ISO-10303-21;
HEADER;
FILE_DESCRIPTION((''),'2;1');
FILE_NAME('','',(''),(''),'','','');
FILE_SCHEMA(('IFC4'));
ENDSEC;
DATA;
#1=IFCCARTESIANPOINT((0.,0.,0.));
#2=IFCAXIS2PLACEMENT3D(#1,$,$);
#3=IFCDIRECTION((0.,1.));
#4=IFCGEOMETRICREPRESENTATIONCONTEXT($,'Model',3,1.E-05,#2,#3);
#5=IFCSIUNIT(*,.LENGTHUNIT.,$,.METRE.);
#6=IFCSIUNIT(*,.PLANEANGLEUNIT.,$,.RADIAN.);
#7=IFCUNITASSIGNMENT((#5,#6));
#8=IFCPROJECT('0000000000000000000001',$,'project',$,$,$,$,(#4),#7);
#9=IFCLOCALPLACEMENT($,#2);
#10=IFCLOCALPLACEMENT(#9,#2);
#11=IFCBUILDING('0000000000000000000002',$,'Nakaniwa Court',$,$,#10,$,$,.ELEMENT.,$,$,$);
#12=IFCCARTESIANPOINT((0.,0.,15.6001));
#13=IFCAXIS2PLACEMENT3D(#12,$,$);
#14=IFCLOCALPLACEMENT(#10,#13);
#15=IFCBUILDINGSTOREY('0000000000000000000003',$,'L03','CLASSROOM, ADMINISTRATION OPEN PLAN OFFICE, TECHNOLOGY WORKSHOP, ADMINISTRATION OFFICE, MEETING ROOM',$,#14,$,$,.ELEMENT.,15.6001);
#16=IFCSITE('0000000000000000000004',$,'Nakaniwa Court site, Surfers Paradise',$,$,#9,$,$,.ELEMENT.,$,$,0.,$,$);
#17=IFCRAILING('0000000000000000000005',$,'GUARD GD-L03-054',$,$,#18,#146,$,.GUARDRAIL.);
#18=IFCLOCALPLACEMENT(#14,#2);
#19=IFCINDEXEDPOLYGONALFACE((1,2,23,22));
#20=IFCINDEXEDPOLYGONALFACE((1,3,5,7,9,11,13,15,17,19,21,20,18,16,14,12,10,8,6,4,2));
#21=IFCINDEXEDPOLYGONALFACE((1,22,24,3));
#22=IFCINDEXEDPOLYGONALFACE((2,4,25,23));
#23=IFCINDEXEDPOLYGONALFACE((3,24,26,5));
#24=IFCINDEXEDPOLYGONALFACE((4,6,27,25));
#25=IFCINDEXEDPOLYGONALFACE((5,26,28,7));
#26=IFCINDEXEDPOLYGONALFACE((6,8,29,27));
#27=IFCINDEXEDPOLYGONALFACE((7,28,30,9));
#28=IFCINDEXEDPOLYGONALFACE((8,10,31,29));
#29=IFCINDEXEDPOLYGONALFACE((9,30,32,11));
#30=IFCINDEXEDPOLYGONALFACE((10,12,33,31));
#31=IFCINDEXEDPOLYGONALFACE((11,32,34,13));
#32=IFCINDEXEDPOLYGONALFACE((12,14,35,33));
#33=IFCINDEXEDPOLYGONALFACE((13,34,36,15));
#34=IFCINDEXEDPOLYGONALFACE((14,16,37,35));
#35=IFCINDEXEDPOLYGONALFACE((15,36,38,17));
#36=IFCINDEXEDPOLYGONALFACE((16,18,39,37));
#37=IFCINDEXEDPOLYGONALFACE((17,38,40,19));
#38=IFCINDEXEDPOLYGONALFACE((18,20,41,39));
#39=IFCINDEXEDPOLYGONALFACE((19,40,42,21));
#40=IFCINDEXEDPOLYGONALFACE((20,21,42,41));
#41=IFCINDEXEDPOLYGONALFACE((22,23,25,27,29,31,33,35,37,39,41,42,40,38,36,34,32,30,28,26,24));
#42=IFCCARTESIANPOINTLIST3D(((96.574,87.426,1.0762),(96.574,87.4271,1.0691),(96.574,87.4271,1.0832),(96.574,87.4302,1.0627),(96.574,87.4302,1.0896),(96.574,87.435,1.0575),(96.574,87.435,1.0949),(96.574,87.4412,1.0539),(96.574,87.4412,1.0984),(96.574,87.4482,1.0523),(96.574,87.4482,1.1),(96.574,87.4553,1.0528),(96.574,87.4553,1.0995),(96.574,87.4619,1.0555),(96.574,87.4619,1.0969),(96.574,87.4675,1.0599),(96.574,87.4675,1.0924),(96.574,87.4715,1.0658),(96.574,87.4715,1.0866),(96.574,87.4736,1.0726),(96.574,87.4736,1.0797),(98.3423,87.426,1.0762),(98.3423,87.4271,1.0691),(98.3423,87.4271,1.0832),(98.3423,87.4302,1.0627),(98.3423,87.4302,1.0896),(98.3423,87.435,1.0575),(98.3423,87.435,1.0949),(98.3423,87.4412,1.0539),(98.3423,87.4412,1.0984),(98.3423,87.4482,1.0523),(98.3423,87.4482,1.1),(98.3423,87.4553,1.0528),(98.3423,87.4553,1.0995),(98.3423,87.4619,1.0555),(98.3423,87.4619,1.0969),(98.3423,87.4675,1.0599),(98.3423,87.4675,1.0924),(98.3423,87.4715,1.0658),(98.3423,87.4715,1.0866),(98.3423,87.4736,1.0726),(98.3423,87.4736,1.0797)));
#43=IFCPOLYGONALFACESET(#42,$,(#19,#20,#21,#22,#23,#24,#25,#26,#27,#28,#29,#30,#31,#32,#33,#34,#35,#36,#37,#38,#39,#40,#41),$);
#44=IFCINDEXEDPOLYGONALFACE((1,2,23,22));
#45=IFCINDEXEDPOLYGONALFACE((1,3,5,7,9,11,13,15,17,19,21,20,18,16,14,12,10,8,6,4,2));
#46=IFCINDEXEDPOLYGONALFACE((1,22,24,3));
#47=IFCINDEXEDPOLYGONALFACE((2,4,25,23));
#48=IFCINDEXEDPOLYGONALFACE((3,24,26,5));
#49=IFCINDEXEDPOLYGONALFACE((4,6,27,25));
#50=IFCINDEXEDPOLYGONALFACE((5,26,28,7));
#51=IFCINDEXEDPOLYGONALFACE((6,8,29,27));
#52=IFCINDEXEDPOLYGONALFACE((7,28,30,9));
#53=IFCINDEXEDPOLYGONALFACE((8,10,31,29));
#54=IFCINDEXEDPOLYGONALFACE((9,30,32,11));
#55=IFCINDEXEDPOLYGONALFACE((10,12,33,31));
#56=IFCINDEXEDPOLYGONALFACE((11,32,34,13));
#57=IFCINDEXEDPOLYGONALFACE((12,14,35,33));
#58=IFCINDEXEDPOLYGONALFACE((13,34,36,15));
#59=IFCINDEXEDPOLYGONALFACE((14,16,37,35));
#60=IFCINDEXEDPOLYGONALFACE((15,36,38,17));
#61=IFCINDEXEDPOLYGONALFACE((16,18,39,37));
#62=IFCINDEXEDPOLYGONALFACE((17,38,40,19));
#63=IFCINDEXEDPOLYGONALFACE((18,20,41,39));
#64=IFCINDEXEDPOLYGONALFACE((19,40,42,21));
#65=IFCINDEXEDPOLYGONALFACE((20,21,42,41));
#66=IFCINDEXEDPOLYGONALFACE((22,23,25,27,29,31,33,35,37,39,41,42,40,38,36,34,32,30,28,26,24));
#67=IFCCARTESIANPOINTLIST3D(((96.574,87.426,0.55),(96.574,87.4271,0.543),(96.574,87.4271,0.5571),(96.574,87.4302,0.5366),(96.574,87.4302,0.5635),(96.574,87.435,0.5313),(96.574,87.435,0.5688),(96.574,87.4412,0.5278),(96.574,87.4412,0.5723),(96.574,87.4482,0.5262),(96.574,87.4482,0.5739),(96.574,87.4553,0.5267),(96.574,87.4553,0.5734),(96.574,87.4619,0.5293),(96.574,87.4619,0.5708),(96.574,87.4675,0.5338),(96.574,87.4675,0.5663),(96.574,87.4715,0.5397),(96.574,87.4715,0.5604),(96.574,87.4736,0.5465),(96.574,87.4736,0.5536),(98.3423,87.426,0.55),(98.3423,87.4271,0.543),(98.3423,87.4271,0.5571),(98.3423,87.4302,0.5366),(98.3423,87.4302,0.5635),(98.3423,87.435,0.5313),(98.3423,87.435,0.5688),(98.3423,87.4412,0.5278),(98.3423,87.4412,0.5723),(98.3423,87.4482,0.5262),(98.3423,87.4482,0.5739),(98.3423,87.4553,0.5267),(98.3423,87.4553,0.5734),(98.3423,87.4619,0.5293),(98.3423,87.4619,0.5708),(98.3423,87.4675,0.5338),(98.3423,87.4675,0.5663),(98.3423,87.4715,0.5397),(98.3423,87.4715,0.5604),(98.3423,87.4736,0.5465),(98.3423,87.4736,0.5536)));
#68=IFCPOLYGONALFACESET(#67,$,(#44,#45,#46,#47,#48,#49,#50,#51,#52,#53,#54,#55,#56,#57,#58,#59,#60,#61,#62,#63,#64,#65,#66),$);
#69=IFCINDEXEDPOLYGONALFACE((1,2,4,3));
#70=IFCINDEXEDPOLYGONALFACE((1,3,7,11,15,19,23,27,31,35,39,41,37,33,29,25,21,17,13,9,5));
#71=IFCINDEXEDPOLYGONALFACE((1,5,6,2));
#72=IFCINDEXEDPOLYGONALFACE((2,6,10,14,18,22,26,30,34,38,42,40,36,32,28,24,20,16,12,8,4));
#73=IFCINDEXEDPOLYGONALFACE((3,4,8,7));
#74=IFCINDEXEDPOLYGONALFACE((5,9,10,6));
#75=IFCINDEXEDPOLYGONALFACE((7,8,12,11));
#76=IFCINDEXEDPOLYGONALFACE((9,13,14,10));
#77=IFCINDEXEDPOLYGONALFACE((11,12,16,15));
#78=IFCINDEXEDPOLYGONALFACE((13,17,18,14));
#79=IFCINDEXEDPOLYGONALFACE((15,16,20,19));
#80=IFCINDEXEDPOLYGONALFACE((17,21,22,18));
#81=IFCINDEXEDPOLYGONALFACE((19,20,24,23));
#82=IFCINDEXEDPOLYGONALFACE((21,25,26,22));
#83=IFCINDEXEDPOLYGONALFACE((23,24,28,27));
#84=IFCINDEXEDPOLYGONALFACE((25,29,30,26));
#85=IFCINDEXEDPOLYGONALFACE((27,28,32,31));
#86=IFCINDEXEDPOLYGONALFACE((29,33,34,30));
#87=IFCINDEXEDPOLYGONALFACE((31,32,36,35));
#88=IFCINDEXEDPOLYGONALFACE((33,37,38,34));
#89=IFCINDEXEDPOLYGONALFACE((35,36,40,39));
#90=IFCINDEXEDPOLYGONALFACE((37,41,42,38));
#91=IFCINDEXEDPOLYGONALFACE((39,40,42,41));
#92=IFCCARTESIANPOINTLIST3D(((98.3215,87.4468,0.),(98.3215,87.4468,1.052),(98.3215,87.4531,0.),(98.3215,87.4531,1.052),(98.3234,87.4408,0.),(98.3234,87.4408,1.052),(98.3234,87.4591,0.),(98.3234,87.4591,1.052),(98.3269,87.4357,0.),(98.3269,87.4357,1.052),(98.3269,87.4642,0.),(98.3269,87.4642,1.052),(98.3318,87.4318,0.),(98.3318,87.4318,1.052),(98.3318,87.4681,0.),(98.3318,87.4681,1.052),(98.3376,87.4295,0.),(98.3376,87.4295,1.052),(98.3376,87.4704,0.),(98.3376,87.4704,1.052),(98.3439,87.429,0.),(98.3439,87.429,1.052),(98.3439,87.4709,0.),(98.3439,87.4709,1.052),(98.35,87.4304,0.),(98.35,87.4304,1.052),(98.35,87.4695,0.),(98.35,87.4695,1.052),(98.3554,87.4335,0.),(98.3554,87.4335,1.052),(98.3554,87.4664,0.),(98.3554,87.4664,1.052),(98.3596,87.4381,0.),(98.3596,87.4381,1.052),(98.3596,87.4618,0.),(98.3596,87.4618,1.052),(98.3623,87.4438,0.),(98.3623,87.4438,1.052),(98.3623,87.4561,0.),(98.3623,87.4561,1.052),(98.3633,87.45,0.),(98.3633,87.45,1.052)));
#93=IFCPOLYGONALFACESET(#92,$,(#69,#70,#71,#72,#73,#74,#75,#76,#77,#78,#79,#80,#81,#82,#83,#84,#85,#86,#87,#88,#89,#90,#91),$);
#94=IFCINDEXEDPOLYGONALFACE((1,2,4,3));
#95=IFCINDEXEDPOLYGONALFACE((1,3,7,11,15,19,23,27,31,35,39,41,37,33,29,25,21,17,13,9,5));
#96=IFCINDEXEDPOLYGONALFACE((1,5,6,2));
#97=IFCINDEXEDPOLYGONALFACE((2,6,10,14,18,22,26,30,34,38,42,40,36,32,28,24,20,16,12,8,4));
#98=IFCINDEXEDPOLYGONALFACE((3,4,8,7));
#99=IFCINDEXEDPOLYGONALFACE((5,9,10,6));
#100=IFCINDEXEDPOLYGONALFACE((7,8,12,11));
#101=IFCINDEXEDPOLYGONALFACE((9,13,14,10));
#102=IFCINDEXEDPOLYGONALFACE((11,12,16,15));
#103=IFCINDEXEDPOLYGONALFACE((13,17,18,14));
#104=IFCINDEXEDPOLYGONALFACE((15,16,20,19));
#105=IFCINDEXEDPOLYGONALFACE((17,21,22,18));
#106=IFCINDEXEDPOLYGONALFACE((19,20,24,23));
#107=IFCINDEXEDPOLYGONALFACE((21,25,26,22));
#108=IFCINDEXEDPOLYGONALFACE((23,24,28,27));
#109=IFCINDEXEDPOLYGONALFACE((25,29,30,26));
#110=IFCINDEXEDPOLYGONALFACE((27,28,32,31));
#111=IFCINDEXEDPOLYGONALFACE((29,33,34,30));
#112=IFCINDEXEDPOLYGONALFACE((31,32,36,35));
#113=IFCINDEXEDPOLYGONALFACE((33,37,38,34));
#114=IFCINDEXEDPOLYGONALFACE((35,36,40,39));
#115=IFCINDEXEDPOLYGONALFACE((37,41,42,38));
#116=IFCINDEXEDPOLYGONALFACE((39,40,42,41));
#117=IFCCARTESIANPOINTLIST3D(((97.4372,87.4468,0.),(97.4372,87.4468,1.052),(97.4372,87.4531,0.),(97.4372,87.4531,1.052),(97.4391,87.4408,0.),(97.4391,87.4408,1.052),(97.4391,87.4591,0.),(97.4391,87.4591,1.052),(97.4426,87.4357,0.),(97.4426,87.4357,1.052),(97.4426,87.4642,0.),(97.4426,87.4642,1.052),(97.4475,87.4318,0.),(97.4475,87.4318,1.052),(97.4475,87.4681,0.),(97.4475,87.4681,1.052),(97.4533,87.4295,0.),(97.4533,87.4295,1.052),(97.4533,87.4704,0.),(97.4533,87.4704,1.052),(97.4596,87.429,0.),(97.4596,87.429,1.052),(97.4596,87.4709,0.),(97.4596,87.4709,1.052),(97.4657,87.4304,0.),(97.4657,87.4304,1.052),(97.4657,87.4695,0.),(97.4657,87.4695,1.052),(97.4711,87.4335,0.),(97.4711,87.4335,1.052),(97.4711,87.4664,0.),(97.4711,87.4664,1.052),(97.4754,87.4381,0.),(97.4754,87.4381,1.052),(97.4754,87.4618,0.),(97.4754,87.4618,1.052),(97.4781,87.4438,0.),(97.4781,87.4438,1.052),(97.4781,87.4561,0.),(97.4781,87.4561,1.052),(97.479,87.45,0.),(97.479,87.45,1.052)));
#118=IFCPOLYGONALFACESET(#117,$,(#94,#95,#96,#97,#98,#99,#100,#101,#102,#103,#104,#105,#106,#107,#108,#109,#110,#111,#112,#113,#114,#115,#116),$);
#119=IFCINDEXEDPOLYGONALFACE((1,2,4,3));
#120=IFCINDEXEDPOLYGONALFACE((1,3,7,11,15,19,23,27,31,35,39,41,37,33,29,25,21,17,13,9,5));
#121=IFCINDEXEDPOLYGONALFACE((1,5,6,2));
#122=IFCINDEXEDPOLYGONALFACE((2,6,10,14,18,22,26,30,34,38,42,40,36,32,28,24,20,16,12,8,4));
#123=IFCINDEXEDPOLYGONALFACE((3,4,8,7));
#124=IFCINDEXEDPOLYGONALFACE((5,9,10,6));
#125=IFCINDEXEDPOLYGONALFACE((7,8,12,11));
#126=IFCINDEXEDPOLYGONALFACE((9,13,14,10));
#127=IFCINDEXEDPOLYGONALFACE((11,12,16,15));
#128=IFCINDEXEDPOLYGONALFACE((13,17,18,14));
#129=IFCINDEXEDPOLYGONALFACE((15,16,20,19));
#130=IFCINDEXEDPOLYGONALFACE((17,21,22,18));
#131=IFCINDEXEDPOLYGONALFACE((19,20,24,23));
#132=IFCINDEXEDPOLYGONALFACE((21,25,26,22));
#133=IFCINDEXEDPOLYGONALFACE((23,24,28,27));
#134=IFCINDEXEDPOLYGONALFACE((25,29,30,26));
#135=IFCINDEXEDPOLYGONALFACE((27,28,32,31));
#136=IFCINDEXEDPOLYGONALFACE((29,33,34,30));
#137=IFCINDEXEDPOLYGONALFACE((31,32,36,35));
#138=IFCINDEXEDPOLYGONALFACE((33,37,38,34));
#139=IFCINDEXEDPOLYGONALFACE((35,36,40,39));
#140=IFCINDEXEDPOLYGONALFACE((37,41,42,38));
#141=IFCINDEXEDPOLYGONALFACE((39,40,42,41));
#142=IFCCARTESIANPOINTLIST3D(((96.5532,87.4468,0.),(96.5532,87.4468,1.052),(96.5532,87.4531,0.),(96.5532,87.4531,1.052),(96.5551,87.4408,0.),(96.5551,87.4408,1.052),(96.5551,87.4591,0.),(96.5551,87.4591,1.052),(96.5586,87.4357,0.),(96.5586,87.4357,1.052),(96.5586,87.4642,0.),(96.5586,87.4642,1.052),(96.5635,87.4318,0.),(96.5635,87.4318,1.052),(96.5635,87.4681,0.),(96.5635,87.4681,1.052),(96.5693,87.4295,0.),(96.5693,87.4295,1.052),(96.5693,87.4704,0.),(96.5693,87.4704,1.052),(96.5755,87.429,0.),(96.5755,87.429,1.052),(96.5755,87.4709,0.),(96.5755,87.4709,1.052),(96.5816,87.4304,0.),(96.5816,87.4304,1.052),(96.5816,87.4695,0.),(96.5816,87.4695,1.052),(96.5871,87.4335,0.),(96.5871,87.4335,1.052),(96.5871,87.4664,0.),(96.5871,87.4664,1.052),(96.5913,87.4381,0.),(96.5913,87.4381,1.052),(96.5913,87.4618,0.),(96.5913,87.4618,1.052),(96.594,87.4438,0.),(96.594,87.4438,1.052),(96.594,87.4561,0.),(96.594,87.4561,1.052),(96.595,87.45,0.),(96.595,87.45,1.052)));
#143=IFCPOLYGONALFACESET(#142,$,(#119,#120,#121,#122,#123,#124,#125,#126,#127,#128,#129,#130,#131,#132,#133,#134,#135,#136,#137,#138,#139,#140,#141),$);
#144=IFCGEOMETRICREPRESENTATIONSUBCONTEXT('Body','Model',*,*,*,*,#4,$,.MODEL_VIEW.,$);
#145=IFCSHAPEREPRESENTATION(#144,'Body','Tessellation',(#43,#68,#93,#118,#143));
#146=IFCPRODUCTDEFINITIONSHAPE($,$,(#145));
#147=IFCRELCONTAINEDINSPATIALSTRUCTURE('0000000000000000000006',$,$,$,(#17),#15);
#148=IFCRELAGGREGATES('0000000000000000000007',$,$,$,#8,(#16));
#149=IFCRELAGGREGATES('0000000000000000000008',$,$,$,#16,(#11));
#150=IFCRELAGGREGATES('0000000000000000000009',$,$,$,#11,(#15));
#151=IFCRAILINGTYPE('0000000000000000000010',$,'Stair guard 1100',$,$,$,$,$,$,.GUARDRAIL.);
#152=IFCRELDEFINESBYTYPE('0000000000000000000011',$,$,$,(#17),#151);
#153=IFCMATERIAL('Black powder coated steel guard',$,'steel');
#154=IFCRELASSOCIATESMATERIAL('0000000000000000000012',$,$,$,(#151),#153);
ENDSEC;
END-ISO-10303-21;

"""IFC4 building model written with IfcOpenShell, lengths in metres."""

from ifc_helpers import new_model, si_unit, direction, frame, origin, origin_2d, place, context, subcontext, project, spatial, circle, extrude, material, type_object, element, save


model = new_model("IFC4")

# Units and contexts
model_context = context("Model", 3, precision=1e-05, world=origin(), true_north=direction((0.0, 1.0)))
body_context = subcontext(model_context, "Body", "Model", "MODEL_VIEW")
ifc_project = project(units=[si_unit("LENGTHUNIT", "METRE"), si_unit("PLANEANGLEUNIT", "RADIAN")], contexts=[model_context])

# Site, building, storey
site_placement = place(None, origin())
site = spatial("IfcSite", under=ifc_project, at=site_placement, Name="Nakaniwa Court site, Surfers Paradise", CompositionType="ELEMENT", RefElevation=0.0)
building_placement = place(site_placement, origin())
building = spatial("IfcBuilding", under=site, at=building_placement, Name="Nakaniwa Court", CompositionType="ELEMENT")
storey_placement = place(building_placement, frame((0.0, 0.0, 15.6001)))
storey = spatial("IfcBuildingStorey", under=building, at=storey_placement, Name="L03", Description="CLASSROOM, ADMINISTRATION OPEN PLAN OFFICE, TECHNOLOGY WORKSHOP, ADMINISTRATION OFFICE, MEETING ROOM", CompositionType="ELEMENT", Elevation=15.6001)

# Railing
ifc_material_1 = material(Name="Black powder coated steel guard", Category="steel")
railing_type = type_object("IfcRailingType", Name="Stair guard 1100", PredefinedType="GUARDRAIL", material=ifc_material_1)
railing_1_placement = place(storey_placement, frame((98.3423, 87.45, 0.0)))
element("IfcRailing", 1, at=railing_1_placement, inside=storey, type_object=railing_type, Name="GUARD GD-L03-054", PredefinedType="GUARDRAIL", context=body_context, shape_type="SweptSolid", body=[
    extrude(circle(Radius=0.0239, at=origin_2d()), frame((0.0, 0.0, 1.0762), z_axis=(-1.0, 0.0, 0.0), x_axis=(0.0, -1.0, 0.0)), (0.0, 0.0, 1.0), 1.7683),
    extrude(circle(Radius=0.0239, at=origin_2d()), frame((0.0, 0.0, 0.55), z_axis=(-1.0, 0.0, 0.0), x_axis=(0.0, -1.0, 0.0)), (0.0, 0.0, 1.0), 1.7683),
    extrude(circle(Radius=0.021, at=origin_2d()), origin(), (0.0, 0.0, 1.0), 1.052),
    extrude(circle(Radius=0.021, at=origin_2d()), frame((-0.8843, 0.0, 0.0)), (0.0, 0.0, 1.0), 1.052),
    extrude(circle(Radius=0.021, at=origin_2d()), frame((-1.7683, 0.0, 0.0)), (0.0, 0.0, 1.0), 1.052),
])

save(model, "model.ifc")
